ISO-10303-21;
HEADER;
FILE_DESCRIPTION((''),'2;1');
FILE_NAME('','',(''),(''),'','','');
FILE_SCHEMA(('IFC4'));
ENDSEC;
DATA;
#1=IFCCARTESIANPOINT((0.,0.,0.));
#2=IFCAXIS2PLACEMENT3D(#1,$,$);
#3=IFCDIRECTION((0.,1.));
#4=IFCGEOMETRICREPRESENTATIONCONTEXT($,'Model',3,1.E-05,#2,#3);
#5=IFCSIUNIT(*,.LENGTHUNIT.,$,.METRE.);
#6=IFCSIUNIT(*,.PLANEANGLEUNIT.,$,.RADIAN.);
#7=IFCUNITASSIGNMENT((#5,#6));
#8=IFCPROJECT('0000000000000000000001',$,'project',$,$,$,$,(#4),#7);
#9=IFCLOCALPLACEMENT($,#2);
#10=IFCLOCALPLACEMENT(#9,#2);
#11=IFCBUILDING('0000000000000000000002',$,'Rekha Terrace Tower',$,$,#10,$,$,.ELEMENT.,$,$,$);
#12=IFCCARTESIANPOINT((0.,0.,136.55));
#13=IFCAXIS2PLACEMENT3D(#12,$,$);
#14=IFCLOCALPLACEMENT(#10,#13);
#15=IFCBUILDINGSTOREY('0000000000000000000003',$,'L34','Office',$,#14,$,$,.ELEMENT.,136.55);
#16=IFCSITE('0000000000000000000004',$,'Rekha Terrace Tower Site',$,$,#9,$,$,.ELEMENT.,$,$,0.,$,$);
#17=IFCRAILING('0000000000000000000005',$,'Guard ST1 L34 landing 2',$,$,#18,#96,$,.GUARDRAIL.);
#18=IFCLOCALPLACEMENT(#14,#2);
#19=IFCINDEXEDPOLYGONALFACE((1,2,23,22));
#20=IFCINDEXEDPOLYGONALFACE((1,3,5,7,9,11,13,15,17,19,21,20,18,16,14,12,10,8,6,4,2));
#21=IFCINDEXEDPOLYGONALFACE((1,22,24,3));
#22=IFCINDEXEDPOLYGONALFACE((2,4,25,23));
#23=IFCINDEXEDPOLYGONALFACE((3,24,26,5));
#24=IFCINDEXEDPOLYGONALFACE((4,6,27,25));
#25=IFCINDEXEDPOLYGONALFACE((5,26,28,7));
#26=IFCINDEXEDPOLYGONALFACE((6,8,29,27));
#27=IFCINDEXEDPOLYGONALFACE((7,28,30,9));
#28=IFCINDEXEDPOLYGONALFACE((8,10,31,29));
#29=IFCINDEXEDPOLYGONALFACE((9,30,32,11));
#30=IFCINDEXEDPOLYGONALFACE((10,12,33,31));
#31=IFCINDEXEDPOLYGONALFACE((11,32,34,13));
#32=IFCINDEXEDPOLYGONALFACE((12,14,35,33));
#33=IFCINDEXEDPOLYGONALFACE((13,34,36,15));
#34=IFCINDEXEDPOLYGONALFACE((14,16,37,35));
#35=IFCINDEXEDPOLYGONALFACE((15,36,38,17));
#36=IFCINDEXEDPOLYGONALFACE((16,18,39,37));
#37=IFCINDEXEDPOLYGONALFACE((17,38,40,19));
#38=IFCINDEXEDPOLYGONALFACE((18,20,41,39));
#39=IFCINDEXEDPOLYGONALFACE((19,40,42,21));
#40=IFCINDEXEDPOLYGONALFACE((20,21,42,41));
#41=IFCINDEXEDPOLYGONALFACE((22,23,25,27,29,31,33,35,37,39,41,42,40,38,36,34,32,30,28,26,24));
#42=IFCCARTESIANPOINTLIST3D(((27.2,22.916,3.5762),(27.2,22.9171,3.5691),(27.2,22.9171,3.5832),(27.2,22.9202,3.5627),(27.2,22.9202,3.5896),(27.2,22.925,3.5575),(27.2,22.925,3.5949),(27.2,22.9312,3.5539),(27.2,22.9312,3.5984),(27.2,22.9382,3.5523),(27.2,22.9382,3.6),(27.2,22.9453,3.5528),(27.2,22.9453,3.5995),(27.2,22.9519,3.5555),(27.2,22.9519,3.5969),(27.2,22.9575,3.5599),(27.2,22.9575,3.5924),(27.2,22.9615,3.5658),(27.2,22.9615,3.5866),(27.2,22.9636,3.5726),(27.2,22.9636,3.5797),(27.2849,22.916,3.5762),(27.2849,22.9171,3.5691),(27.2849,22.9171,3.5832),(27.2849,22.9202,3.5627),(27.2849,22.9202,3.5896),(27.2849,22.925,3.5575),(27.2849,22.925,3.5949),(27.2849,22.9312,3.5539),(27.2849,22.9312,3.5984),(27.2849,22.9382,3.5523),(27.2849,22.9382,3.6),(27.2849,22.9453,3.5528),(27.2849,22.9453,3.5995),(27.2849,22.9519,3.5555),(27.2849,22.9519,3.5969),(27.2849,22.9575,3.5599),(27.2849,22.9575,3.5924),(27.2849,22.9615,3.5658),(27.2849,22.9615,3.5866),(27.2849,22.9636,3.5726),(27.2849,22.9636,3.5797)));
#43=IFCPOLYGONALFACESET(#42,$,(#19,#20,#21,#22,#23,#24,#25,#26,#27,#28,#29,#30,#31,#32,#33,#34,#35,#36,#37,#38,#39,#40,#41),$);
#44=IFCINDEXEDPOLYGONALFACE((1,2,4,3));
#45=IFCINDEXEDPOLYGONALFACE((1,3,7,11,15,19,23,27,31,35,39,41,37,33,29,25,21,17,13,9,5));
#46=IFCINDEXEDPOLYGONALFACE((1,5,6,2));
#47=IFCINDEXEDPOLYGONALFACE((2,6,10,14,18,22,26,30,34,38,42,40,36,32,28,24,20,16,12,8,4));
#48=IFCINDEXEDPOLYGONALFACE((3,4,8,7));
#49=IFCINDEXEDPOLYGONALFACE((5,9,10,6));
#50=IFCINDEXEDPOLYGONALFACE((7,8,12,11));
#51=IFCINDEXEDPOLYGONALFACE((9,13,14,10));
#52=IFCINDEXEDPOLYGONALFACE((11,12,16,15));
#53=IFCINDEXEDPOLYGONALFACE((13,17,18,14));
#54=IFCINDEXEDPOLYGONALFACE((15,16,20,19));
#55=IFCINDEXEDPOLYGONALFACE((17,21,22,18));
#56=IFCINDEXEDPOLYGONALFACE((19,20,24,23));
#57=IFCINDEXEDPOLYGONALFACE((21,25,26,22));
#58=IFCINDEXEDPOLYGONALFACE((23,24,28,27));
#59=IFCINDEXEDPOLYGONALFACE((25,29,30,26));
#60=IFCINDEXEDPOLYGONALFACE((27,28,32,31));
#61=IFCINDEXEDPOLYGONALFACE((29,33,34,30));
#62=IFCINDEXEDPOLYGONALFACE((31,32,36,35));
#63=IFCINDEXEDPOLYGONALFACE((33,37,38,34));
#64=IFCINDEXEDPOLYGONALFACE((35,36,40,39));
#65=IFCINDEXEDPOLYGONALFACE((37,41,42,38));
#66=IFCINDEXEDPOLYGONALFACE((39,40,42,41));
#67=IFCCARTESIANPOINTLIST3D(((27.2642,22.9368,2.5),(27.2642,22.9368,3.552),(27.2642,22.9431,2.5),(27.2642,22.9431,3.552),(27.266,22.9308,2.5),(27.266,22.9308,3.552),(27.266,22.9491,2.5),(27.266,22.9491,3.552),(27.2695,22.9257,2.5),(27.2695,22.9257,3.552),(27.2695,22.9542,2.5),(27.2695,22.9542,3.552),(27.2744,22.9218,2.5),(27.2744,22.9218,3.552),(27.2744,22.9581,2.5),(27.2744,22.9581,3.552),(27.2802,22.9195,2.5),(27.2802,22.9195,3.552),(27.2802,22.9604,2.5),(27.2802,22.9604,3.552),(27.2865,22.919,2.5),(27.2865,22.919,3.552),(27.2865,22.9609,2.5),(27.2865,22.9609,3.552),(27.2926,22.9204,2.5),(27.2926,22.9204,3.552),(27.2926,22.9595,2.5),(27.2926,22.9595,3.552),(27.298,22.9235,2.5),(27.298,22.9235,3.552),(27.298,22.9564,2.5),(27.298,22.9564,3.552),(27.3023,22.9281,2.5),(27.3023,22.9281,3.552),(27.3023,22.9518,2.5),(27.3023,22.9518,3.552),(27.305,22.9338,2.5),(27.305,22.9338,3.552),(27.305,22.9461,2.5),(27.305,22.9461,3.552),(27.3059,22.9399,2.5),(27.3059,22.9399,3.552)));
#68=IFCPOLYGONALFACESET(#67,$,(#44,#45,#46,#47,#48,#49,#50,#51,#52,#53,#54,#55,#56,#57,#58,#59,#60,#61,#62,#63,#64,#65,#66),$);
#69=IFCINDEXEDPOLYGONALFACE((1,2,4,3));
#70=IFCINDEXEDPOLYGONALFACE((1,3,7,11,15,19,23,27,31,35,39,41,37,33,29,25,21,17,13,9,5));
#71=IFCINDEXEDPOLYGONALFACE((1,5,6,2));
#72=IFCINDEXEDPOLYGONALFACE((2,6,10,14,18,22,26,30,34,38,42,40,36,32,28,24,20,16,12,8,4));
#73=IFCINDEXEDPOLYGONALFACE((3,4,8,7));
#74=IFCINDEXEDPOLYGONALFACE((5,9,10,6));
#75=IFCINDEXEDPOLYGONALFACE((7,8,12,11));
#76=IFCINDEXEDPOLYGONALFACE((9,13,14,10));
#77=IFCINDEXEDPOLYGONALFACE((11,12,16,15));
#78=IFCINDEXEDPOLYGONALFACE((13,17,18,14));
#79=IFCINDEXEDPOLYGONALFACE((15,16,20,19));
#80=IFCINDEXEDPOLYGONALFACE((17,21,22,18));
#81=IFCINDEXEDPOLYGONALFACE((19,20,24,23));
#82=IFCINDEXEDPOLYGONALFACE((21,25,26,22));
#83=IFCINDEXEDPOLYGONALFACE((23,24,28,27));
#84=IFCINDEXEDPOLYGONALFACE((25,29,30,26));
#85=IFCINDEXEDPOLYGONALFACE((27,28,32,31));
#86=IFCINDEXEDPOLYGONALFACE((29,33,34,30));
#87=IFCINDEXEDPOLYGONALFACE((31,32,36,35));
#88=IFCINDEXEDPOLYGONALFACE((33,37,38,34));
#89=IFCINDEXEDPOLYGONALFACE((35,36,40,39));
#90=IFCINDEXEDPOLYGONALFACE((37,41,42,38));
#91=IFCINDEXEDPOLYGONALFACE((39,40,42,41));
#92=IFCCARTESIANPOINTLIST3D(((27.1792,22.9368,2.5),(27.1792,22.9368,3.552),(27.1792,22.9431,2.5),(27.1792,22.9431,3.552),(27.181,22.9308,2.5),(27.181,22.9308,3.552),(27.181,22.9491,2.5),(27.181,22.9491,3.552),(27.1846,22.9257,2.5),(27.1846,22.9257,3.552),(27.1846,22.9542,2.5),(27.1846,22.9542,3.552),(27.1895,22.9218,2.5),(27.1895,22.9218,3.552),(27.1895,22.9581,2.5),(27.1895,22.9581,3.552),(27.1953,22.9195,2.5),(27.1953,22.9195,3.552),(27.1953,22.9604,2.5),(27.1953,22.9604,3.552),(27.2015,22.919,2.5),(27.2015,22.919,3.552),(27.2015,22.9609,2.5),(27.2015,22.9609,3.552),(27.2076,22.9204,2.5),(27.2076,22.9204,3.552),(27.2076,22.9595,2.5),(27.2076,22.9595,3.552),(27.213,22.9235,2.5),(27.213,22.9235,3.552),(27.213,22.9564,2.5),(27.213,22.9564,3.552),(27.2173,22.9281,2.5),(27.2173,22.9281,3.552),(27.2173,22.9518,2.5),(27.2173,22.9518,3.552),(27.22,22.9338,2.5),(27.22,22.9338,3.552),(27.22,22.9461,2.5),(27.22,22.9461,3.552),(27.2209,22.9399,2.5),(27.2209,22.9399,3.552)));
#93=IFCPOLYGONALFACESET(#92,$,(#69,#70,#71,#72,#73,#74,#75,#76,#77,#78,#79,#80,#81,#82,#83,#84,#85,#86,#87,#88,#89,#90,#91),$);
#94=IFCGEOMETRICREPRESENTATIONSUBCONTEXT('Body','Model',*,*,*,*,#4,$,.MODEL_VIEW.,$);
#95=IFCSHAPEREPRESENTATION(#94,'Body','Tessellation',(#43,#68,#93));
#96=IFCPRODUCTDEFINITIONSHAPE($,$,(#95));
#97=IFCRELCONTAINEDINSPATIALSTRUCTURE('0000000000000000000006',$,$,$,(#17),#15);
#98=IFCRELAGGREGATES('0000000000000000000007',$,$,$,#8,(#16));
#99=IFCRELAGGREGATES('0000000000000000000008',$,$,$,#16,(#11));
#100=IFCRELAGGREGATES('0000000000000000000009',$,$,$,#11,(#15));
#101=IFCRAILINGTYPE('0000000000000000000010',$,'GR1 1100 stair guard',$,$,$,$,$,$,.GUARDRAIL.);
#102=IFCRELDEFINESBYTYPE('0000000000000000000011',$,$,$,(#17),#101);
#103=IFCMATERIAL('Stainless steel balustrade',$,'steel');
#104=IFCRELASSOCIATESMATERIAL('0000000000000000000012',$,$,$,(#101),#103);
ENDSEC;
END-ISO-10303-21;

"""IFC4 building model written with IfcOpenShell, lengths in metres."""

from ifc_helpers import new_model, si_unit, direction, frame, origin, origin_2d, place, context, subcontext, project, spatial, circle, extrude, material, type_object, element, save


model = new_model("IFC4")

# Units and contexts
model_context = context("Model", 3, precision=1e-05, world=origin(), true_north=direction((0.0, 1.0)))
body_context = subcontext(model_context, "Body", "Model", "MODEL_VIEW")
ifc_project = project(units=[si_unit("LENGTHUNIT", "METRE"), si_unit("PLANEANGLEUNIT", "RADIAN")], contexts=[model_context])

# Site, building, storey
site_placement = place(None, origin())
site = spatial("IfcSite", under=ifc_project, at=site_placement, Name="Rekha Terrace Tower Site", CompositionType="ELEMENT", RefElevation=0.0)
building_placement = place(site_placement, origin())
building = spatial("IfcBuilding", under=site, at=building_placement, Name="Rekha Terrace Tower", CompositionType="ELEMENT")
storey_placement = place(building_placement, frame((0.0, 0.0, 136.55)))
storey = spatial("IfcBuildingStorey", under=building, at=storey_placement, Name="L34", Description="Office", CompositionType="ELEMENT", Elevation=136.55)

# Railing
ifc_material_1 = material(Name="Stainless steel balustrade", Category="steel")
railing_type_1 = type_object("IfcRailingType", Name="GR1 1100 stair guard", PredefinedType="GUARDRAIL", material=ifc_material_1)
railing_1_placement = place(storey_placement, frame((27.2849, 22.9399, 2.5)))
element("IfcRailing", 1, at=railing_1_placement, inside=storey, type_object=railing_type_1, Name="Guard ST1 L34 landing 2", PredefinedType="GUARDRAIL", context=body_context, shape_type="SweptSolid", body=[
    extrude(circle(Radius=0.0239, at=origin_2d()), frame((0.0, 0.0, 1.0762), z_axis=(-1.0, 0.0, 0.0), x_axis=(0.0, -1.0, 0.0)), (0.0, 0.0, 1.0), 0.085),
    extrude(circle(Radius=0.021, at=origin_2d()), origin(), (0.0, 0.0, 1.0), 1.052),
    extrude(circle(Radius=0.021, at=origin_2d()), frame((-0.085, 0.0, 0.0)), (0.0, 0.0, 1.0), 1.052),
])

save(model, "model.ifc")
